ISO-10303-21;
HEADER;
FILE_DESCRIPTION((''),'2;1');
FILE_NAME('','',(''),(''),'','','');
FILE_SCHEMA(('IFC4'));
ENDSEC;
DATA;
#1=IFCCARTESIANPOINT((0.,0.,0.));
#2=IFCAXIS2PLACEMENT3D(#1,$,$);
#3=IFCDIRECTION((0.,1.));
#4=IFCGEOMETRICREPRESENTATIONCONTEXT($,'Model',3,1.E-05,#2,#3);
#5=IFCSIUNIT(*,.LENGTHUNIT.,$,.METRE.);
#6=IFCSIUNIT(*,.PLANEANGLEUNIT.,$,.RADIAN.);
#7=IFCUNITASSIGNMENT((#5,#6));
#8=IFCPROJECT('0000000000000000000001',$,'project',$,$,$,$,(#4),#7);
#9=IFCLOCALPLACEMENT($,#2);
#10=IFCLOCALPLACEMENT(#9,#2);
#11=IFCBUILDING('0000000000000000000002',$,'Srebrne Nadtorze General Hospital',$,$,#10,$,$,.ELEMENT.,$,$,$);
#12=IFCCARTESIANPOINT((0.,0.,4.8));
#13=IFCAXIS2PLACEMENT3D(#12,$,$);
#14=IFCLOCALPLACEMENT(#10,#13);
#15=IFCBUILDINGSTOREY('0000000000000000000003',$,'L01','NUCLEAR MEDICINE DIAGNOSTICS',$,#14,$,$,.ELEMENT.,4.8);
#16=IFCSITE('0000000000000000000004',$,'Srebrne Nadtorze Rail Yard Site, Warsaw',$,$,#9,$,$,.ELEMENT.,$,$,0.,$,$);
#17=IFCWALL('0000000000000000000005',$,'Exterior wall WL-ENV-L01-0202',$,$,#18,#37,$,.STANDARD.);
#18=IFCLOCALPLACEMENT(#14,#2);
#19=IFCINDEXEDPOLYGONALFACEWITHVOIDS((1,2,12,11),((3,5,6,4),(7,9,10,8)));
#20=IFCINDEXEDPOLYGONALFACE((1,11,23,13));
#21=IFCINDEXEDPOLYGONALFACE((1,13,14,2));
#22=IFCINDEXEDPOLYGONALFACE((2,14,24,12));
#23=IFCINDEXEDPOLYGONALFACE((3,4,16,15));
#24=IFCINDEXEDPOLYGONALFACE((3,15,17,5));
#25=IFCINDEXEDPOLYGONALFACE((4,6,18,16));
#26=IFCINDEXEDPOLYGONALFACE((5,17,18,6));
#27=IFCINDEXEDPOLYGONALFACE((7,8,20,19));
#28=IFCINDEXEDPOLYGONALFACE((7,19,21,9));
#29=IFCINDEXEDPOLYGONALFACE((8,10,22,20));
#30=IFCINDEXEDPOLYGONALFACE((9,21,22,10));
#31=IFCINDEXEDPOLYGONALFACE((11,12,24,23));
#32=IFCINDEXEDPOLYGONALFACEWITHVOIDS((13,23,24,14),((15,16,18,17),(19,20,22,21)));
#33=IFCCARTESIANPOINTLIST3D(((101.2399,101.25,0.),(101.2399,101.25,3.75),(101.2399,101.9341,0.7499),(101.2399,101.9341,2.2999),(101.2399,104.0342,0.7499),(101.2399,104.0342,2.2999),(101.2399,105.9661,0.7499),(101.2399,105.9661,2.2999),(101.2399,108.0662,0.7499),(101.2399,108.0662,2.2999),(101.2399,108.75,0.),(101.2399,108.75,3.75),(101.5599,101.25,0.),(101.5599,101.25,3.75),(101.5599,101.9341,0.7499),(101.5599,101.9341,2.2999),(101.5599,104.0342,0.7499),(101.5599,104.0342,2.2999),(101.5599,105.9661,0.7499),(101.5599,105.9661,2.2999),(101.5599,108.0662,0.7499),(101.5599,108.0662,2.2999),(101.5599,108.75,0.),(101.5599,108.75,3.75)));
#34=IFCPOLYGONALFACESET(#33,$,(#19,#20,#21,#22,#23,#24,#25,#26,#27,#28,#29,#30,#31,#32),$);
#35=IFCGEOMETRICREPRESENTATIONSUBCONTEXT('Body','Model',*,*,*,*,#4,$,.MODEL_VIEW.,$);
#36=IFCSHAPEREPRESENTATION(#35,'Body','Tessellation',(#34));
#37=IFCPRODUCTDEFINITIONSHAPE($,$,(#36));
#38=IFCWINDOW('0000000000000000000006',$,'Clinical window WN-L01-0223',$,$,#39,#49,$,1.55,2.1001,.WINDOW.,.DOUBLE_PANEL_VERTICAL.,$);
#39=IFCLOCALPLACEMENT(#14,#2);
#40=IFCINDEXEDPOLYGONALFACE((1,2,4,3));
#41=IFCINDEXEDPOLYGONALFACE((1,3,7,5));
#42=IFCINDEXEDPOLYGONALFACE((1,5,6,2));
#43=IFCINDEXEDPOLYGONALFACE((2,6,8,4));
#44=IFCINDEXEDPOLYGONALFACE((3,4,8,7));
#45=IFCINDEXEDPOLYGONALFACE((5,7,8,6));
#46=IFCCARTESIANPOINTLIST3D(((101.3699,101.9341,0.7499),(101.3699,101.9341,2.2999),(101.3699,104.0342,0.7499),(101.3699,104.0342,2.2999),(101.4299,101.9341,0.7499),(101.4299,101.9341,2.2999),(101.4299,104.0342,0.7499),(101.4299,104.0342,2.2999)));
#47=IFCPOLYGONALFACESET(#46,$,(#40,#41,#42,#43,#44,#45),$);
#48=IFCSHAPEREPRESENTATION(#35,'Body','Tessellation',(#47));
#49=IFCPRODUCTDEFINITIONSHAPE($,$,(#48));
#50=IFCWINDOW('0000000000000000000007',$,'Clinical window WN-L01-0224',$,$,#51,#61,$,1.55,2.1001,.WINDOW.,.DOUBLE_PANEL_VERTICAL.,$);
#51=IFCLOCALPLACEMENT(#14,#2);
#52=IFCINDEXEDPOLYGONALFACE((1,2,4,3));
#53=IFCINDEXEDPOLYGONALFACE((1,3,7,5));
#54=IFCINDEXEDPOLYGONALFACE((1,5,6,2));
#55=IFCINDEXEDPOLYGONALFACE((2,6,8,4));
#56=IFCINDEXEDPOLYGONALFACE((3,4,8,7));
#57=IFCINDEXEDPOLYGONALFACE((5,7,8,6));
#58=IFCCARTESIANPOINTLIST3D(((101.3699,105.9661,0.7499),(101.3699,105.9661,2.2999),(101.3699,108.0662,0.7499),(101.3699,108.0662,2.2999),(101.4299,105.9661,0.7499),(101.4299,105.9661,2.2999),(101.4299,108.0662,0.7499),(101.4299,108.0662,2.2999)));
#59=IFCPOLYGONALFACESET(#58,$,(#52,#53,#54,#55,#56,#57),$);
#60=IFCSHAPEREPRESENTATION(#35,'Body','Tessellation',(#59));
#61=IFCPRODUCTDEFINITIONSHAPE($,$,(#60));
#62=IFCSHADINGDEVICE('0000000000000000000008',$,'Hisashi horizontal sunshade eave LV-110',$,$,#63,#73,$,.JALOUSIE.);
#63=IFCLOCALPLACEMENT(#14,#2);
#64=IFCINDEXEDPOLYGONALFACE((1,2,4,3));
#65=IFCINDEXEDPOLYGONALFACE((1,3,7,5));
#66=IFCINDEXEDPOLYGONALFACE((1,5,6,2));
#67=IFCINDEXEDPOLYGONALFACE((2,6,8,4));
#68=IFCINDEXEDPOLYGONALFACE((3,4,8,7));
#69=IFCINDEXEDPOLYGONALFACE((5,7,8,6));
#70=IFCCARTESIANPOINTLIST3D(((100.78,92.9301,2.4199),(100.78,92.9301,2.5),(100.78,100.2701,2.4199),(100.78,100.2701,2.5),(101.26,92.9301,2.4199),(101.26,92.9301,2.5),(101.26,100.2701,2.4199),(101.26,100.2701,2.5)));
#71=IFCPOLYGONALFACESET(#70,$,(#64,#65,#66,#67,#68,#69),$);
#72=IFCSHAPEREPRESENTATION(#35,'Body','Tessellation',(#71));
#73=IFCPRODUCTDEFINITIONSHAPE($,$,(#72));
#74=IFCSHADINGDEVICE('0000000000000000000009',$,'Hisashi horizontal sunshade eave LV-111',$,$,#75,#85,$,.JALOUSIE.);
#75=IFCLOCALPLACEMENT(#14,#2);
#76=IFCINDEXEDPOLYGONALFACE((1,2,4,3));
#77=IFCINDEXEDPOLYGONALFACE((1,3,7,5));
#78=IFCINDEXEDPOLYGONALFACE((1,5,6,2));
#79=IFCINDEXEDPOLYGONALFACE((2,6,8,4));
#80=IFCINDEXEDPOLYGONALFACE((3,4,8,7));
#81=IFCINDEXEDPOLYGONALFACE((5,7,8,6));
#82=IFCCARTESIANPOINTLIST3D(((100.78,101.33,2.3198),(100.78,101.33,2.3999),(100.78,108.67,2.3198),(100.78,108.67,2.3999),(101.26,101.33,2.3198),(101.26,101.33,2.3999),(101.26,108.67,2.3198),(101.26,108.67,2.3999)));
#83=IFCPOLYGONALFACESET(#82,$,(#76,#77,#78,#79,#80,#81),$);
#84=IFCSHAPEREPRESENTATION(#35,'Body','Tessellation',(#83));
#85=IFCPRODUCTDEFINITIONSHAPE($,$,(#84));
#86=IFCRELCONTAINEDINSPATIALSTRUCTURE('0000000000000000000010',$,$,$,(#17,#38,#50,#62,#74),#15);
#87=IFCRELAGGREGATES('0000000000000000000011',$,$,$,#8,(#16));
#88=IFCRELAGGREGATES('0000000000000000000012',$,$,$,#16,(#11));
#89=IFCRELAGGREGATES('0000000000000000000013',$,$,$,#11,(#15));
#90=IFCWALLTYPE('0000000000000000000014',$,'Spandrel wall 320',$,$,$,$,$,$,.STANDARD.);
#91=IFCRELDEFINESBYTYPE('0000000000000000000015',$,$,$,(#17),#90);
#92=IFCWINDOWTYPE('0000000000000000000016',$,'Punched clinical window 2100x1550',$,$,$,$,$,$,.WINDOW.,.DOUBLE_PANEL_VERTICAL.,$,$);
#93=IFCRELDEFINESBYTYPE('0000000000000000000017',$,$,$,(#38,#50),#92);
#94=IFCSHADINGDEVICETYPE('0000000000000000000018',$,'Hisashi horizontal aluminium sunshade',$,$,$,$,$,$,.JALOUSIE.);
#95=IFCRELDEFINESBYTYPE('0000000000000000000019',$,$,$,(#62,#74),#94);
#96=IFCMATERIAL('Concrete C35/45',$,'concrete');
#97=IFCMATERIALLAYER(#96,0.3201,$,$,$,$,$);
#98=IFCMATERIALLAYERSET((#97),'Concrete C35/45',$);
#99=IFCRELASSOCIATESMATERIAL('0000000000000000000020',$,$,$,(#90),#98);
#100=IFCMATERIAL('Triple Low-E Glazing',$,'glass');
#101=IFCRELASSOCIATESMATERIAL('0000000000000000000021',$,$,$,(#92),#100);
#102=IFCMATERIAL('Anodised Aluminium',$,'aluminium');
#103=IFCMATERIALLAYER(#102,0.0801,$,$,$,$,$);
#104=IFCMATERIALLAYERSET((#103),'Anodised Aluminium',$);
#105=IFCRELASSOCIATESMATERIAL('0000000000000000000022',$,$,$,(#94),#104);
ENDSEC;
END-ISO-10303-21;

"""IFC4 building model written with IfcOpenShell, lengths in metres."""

from ifc_helpers import new_model, si_unit, direction, frame, frame_2d, origin, origin_2d, place, context, subcontext, project, spatial, rectangle, extrude, material, layer, layer_set, type_object, element, fill, save


model = new_model("IFC4")

# Units and contexts
model_context = context("Model", 3, precision=1e-05, world=origin(), true_north=direction((0.0, 1.0)))
body_context = subcontext(model_context, "Body", "Model", "MODEL_VIEW")
ifc_project = project(units=[si_unit("LENGTHUNIT", "METRE"), si_unit("PLANEANGLEUNIT", "RADIAN")], contexts=[model_context])

# Site, building, storey
site_placement = place(None, origin())
site = spatial("IfcSite", under=ifc_project, at=site_placement, Name="Srebrne Nadtorze Rail Yard Site, Warsaw", CompositionType="ELEMENT", RefElevation=0.0)
building_placement = place(site_placement, origin())
building = spatial("IfcBuilding", under=site, at=building_placement, Name="Srebrne Nadtorze General Hospital", CompositionType="ELEMENT")
storey_placement = place(building_placement, frame((0.0, 0.0, 4.8)))
storey = spatial("IfcBuildingStorey", under=building, at=storey_placement, Name="L01", Description="NUCLEAR MEDICINE DIAGNOSTICS", CompositionType="ELEMENT", Elevation=4.8)

# Wall, openings, windows
ifc_material_1 = material(Name="Concrete C35/45", Category="concrete")
ifc_layer_1 = layer(ifc_material_1, 0.3201)
ifc_layer_set_1 = layer_set([ifc_layer_1], Name="Concrete C35/45")
wall_type_1 = type_object("IfcWallType", Name="Spandrel wall 320", PredefinedType="STANDARD", material=ifc_layer_set_1)
wall_1_placement = place(storey_placement, frame((101.3999, 101.25, 0.0), z_axis=(0.0, 0.0, 1.0), x_axis=(0.0, 1.0, 0.0)))
wall_1 = element("IfcWall", 1, at=wall_1_placement, inside=storey, type_object=wall_type_1, Name="Exterior wall WL-ENV-L01-0202", PredefinedType="STANDARD", context=body_context, shape_type="SweptSolid", body=[
    extrude(rectangle(XDim=7.5, YDim=0.3201, at=frame_2d((3.75, 0.0))), origin(), (0.0, 0.0, 1.0), 3.75),
])
opening_1_placement = place(wall_1_placement, frame((0.6841, 0.0, 0.75)))
opening_1 = element("IfcOpeningElement", 2, at=opening_1_placement, cuts=wall_1, PredefinedType="OPENING", context=body_context, shape_type="SweptSolid", body=[
    extrude(rectangle(XDim=2.1001, YDim=1.55, at=frame_2d((1.05, 0.7749))), frame((0.0, 0.1719, 0.0), z_axis=(0.0, -1.0, 0.0), x_axis=(1.0, 0.0, 0.0)), (0.0, 0.0, 1.0), 0.344),
])
opening_2_placement = place(wall_1_placement, frame((4.7161, 0.0, 0.75)))
opening_2 = element("IfcOpeningElement", 3, at=opening_2_placement, cuts=wall_1, PredefinedType="OPENING", context=body_context, shape_type="SweptSolid", body=[
    extrude(rectangle(XDim=2.1001, YDim=1.55, at=frame_2d((1.05, 0.7749))), frame((0.0, 0.1719, 0.0), z_axis=(0.0, -1.0, 0.0), x_axis=(1.0, 0.0, 0.0)), (0.0, 0.0, 1.0), 0.344),
])
ifc_material_2 = material(Name="Triple Low-E Glazing", Category="glass")
window_type_1 = type_object("IfcWindowType", Name="Punched clinical window 2100x1550", PartitioningType="DOUBLE_PANEL_VERTICAL", PredefinedType="WINDOW", material=ifc_material_2)
window_1_placement = place(opening_1_placement, origin())
window_1 = element("IfcWindow", 4, at=window_1_placement, inside=storey, type_object=window_type_1, Name="Clinical window WN-L01-0223", OverallHeight=1.55, OverallWidth=2.1001, PartitioningType="DOUBLE_PANEL_VERTICAL", PredefinedType="WINDOW", context=body_context, shape_type="SweptSolid", body=[
    extrude(rectangle(XDim=2.1001, YDim=1.55, at=frame_2d((1.05, 0.7749))), frame((0.0, 0.03, 0.0), z_axis=(0.0, -1.0, 0.0), x_axis=(1.0, 0.0, 0.0)), (0.0, 0.0, 1.0), 0.0601),
])
fill(opening_1, window_1)
window_2_placement = place(opening_2_placement, origin())
window_2 = element("IfcWindow", 5, at=window_2_placement, inside=storey, type_object=window_type_1, Name="Clinical window WN-L01-0224", OverallHeight=1.55, OverallWidth=2.1001, PartitioningType="DOUBLE_PANEL_VERTICAL", PredefinedType="WINDOW", context=body_context, shape_type="SweptSolid", body=[
    extrude(rectangle(XDim=2.1001, YDim=1.55, at=frame_2d((1.05, 0.7749))), frame((0.0, 0.03, 0.0), z_axis=(0.0, -1.0, 0.0), x_axis=(1.0, 0.0, 0.0)), (0.0, 0.0, 1.0), 0.0601),
])
fill(opening_2, window_2)

# Shading devices
ifc_material_3 = material(Name="Anodised Aluminium", Category="aluminium")
ifc_layer_2 = layer(ifc_material_3, 0.0801)
ifc_layer_set_2 = layer_set([ifc_layer_2], Name="Anodised Aluminium")
shading_device_type = type_object("IfcShadingDeviceType", Name="Hisashi horizontal aluminium sunshade", PredefinedType="JALOUSIE", material=ifc_layer_set_2)
for number, where, z_axis, x_axis, name in (
    (6, (101.02, 96.6001, 2.4199), (0.0, 0.0, 1.0), (1.0, 0.0, 0.0), "Hisashi horizontal sunshade eave LV-110"),
    (7, (101.02, 105.0, 2.3198), (0.0, 0.0, 1.0), (1.0, 0.0, 0.0), "Hisashi horizontal sunshade eave LV-111"),
):
    element("IfcShadingDevice", number, at=place(storey_placement, frame(where, z_axis=z_axis, x_axis=x_axis)), inside=storey, type_object=shading_device_type, Name=name, PredefinedType="JALOUSIE", context=body_context, shape_type="SweptSolid", body=[
        extrude(rectangle(XDim=0.48, YDim=7.3401, at=origin_2d()), origin(), (0.0, 0.0, 1.0), 0.0801),
    ])

save(model, "model.ifc")
